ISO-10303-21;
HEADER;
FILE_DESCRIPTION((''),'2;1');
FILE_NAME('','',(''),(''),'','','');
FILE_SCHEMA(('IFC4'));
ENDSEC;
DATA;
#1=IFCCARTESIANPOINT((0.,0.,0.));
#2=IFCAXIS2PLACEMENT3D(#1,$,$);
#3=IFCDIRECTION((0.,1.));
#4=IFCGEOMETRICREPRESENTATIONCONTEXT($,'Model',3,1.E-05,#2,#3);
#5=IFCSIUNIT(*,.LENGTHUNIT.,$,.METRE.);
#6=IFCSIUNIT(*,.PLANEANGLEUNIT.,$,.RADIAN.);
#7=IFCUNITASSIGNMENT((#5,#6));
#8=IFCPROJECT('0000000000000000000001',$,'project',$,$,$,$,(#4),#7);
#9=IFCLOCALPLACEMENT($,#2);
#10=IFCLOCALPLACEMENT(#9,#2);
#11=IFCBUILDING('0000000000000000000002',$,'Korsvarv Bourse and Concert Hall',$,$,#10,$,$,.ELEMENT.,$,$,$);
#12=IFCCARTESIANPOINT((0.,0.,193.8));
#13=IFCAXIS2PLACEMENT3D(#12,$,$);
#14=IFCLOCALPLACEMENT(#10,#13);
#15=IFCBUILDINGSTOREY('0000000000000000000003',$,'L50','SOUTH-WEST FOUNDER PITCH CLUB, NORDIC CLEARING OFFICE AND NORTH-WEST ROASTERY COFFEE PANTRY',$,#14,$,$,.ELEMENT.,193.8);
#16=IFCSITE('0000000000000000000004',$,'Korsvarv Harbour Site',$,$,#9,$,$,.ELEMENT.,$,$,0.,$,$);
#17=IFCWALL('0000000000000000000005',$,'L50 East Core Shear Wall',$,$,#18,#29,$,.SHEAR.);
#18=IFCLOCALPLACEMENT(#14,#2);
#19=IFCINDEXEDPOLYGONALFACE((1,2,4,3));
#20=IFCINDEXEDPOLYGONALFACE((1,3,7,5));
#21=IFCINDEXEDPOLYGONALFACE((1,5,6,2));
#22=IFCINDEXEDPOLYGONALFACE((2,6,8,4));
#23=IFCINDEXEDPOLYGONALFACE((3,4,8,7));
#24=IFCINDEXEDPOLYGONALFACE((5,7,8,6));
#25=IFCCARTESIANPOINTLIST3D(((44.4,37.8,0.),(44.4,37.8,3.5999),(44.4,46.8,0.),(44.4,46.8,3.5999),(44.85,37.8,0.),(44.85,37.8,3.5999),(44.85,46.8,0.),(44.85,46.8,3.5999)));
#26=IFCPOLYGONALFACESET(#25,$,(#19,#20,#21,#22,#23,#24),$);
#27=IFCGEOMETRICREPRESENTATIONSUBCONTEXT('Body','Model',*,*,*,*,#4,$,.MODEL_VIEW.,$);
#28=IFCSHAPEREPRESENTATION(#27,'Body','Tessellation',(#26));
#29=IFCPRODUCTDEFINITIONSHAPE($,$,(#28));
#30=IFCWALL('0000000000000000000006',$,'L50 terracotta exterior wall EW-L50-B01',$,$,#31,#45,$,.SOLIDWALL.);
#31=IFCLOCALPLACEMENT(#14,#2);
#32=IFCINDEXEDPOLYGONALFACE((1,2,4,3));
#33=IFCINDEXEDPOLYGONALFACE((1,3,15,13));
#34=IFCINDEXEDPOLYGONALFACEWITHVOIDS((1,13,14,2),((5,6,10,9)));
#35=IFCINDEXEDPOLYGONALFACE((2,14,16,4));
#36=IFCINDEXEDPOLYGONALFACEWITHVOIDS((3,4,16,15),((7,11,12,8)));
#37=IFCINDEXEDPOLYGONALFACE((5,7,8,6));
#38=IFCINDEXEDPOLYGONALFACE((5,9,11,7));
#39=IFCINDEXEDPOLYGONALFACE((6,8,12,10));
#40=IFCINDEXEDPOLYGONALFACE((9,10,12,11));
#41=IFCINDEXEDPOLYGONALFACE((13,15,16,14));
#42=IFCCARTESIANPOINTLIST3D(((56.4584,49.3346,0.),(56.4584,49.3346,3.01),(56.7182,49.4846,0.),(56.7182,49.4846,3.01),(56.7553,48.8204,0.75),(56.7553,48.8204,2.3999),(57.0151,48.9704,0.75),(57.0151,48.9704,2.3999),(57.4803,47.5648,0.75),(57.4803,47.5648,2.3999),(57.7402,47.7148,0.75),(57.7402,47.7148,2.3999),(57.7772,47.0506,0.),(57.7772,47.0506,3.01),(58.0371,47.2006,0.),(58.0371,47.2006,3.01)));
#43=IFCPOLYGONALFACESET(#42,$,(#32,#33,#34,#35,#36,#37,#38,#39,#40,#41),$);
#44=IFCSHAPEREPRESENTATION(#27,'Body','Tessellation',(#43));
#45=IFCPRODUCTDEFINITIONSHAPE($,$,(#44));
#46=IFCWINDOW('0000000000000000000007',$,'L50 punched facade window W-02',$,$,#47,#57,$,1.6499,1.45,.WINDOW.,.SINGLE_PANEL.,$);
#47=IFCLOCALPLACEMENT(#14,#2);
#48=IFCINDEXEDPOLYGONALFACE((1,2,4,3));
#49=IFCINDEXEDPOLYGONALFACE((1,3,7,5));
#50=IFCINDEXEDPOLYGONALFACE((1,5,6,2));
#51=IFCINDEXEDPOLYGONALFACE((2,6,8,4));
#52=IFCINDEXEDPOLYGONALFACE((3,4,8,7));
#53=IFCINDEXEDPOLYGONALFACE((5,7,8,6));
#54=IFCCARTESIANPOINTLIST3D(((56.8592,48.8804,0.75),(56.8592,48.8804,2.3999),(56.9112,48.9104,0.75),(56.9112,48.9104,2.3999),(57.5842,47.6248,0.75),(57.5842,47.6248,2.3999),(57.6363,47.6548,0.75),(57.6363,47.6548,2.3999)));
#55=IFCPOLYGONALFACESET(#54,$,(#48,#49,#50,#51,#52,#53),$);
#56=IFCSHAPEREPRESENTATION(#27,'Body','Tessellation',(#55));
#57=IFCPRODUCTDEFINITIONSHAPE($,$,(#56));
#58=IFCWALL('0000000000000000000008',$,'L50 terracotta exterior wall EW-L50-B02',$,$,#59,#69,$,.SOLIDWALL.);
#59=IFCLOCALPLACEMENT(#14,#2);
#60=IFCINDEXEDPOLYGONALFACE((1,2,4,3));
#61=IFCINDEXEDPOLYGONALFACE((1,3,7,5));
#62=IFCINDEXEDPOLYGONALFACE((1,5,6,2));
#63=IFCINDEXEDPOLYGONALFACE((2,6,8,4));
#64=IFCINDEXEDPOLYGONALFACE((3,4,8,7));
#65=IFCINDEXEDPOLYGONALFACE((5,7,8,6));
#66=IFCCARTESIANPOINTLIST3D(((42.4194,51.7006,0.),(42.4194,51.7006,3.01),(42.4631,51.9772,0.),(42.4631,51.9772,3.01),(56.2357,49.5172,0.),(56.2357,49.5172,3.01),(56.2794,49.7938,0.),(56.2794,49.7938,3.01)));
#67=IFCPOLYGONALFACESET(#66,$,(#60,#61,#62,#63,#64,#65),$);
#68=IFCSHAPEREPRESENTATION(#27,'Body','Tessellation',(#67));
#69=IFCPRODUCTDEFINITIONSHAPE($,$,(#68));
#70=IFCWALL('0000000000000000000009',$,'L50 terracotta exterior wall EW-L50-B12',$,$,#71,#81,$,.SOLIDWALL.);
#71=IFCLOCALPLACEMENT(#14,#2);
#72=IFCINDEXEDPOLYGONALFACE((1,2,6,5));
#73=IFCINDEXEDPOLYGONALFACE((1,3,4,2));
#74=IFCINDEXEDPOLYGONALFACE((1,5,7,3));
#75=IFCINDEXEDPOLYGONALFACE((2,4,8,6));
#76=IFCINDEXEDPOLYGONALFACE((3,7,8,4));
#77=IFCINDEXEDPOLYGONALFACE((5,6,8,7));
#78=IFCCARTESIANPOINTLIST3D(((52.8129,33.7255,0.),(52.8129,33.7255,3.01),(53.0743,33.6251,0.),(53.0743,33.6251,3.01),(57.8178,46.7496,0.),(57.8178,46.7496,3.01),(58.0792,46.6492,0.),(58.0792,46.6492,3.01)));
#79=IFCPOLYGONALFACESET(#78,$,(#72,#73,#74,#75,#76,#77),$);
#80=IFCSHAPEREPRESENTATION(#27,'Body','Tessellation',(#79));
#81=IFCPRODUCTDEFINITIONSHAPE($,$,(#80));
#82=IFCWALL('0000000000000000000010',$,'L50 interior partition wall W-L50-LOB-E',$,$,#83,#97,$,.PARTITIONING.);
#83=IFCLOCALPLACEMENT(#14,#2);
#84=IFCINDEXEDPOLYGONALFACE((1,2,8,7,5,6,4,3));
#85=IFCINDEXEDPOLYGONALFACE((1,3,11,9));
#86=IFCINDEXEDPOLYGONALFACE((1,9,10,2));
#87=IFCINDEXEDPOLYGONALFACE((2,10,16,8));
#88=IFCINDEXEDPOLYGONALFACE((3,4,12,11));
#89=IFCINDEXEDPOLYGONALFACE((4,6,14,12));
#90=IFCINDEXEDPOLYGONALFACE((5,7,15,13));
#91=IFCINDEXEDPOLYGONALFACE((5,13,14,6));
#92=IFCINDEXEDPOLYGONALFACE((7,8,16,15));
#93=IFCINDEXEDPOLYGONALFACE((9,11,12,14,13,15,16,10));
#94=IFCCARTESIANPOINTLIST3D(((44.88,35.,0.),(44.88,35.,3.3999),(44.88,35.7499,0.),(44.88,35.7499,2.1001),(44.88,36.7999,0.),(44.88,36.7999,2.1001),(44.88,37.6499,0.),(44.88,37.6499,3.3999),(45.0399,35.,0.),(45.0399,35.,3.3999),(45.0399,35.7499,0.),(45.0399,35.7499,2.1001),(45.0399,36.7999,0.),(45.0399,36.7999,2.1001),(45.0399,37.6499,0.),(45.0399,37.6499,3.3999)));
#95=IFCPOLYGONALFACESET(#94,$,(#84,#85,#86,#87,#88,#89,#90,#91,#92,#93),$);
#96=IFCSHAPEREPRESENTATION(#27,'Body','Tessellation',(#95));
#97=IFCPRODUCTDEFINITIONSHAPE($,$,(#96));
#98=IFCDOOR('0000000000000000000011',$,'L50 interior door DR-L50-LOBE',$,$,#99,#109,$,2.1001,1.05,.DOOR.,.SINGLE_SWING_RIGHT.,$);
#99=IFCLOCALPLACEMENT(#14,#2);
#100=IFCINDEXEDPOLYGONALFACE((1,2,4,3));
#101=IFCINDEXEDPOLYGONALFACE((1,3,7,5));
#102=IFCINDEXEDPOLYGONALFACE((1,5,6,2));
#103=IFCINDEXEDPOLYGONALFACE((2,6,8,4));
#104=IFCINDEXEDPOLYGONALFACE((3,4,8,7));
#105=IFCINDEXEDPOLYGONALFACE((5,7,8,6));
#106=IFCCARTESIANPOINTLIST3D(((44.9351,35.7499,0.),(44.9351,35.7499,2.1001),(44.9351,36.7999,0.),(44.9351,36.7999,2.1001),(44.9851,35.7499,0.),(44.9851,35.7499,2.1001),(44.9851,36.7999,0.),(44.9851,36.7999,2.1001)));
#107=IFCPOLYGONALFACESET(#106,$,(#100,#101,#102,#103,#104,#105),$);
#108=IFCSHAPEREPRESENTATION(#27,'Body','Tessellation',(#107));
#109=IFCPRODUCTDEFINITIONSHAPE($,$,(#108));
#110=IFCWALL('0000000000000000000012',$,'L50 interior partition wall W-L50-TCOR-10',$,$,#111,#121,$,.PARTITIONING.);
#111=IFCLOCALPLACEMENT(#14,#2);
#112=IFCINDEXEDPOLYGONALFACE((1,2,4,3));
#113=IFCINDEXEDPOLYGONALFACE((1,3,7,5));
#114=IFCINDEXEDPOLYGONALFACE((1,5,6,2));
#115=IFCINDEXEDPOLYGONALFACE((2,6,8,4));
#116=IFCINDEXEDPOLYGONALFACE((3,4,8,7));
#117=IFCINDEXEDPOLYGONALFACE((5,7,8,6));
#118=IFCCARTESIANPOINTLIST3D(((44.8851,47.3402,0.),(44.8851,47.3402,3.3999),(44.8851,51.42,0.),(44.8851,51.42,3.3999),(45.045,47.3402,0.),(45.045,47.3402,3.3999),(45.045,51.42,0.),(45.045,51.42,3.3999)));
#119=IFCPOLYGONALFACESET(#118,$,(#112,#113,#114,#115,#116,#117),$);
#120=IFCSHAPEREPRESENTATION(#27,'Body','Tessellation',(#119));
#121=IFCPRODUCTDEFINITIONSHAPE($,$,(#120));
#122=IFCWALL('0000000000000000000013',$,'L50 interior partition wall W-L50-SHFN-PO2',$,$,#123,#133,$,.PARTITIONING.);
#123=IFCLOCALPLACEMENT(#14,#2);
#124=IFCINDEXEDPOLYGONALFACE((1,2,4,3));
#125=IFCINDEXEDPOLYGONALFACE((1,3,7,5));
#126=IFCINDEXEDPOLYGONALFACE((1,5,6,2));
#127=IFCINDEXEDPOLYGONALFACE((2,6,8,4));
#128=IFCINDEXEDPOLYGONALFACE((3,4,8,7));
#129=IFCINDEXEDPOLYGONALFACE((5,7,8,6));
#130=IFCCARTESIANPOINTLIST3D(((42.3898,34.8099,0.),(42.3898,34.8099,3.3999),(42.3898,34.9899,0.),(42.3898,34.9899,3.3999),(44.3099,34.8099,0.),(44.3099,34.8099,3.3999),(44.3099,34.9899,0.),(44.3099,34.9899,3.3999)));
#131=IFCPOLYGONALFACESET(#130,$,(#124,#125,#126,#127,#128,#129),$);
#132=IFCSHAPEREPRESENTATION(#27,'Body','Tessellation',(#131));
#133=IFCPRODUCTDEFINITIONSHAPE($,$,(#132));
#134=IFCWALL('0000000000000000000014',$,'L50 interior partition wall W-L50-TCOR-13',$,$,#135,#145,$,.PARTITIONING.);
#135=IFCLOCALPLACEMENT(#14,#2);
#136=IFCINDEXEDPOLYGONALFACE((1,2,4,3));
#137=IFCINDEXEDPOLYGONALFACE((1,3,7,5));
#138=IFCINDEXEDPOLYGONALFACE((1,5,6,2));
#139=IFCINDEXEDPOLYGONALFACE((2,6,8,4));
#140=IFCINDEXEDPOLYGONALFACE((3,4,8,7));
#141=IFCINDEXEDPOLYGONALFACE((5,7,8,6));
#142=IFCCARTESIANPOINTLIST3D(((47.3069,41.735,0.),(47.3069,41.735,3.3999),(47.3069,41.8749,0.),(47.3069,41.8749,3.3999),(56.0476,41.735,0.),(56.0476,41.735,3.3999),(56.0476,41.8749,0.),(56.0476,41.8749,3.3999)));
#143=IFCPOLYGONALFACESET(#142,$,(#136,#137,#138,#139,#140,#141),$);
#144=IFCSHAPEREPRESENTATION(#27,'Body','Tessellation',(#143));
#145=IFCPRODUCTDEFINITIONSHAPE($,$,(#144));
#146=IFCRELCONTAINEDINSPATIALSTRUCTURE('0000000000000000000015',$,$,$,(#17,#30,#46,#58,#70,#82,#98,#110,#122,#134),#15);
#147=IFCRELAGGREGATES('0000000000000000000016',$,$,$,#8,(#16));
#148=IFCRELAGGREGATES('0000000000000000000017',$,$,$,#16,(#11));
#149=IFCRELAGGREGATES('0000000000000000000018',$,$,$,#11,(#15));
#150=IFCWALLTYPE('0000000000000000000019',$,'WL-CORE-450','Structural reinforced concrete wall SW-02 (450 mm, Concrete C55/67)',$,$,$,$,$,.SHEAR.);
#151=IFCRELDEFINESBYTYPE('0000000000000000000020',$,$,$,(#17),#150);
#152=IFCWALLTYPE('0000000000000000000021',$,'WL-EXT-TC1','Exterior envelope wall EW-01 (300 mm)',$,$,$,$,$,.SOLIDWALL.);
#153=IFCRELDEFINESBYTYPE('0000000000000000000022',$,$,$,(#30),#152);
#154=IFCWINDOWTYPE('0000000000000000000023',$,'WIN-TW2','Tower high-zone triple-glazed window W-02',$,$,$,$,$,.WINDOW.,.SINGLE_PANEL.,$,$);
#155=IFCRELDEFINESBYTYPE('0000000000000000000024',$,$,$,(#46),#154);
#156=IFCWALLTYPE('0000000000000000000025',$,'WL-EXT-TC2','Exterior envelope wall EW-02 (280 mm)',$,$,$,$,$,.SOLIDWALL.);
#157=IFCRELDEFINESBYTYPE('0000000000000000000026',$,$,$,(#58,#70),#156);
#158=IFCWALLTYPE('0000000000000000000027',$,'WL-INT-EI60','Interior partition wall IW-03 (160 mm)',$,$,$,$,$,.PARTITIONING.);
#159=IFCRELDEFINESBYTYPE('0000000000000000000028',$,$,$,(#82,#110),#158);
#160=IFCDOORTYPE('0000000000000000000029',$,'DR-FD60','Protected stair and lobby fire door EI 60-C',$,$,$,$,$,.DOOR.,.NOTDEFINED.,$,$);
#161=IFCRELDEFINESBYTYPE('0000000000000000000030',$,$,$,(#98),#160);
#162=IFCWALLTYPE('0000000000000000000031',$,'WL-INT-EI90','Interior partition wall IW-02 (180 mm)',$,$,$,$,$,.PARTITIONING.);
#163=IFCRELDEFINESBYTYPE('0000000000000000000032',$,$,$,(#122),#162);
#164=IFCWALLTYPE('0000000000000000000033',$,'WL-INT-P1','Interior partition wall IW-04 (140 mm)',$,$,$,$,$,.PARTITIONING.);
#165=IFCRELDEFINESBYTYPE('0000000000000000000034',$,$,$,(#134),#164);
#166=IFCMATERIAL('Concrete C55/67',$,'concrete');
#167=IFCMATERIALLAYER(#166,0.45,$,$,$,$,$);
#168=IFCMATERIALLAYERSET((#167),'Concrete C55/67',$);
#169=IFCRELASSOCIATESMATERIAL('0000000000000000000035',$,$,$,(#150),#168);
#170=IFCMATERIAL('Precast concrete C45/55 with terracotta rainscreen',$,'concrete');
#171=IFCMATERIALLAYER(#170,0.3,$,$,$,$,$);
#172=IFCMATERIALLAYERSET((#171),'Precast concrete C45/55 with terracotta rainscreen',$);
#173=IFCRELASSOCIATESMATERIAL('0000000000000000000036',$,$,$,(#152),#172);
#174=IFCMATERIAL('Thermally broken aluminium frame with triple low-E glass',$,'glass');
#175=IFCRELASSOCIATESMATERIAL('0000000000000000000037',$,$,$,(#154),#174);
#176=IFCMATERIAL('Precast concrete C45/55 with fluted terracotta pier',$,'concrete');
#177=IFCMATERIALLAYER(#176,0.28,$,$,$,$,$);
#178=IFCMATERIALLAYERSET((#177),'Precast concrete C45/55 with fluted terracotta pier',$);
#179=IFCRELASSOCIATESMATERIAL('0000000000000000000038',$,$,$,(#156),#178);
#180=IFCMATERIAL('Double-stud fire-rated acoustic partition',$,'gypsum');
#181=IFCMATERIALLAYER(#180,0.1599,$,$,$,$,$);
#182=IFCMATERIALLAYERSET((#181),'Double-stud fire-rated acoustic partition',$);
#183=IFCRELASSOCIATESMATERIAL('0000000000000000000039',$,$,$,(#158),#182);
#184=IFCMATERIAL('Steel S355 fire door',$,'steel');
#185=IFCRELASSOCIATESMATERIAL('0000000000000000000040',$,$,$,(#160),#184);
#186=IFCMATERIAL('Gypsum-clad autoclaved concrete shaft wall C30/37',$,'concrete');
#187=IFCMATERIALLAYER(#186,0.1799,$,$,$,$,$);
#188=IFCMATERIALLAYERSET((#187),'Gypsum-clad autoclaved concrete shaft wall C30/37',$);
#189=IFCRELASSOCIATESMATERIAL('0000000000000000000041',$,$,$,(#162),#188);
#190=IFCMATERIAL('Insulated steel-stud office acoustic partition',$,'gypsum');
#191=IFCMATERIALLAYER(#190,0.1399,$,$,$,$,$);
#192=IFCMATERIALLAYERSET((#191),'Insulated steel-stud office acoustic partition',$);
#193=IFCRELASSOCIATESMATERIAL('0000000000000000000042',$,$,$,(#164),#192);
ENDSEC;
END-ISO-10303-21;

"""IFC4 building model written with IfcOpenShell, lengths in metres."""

from ifc_helpers import new_model, si_unit, direction, frame, frame_2d, origin, place, context, subcontext, project, spatial, rectangle, extrude, material, layer, layer_set, type_object, element, fill, save


model = new_model("IFC4")

# Units and contexts
model_context = context("Model", 3, precision=1e-05, world=origin(), true_north=direction((0.0, 1.0)))
body_context = subcontext(model_context, "Body", "Model", "MODEL_VIEW")
ifc_project = project(units=[si_unit("LENGTHUNIT", "METRE"), si_unit("PLANEANGLEUNIT", "RADIAN")], contexts=[model_context])

# Site, building, storey
site_placement = place(None, origin())
site = spatial("IfcSite", under=ifc_project, at=site_placement, Name="Korsvarv Harbour Site", CompositionType="ELEMENT", RefElevation=0.0)
building_placement = place(site_placement, origin())
building = spatial("IfcBuilding", under=site, at=building_placement, Name="Korsvarv Bourse and Concert Hall", CompositionType="ELEMENT")
storey_placement = place(building_placement, frame((0.0, 0.0, 193.8)))
storey = spatial("IfcBuildingStorey", under=building, at=storey_placement, Name="L50", Description="SOUTH-WEST FOUNDER PITCH CLUB, NORDIC CLEARING OFFICE AND NORTH-WEST ROASTERY COFFEE PANTRY", CompositionType="ELEMENT", Elevation=193.8)

# Shared definitions
ifc_material_1 = material(Name="Concrete C55/67", Category="concrete")

# Wall
ifc_layer_1 = layer(ifc_material_1, 0.45)
ifc_layer_set_1 = layer_set([ifc_layer_1], Name="Concrete C55/67")
wall_type_1 = type_object("IfcWallType", Name="WL-CORE-450", Description="Structural reinforced concrete wall SW-02 (450 mm, Concrete C55/67)", PredefinedType="SHEAR", material=ifc_layer_set_1)
wall_1_placement = place(storey_placement, frame((44.625, 37.8, 0.0), z_axis=(0.0, 0.0, 1.0), x_axis=(0.0, 1.0, 0.0)))
element("IfcWall", 1, at=wall_1_placement, inside=storey, type_object=wall_type_1, Name="L50 East Core Shear Wall", PredefinedType="SHEAR", context=body_context, shape_type="SweptSolid", body=[
    extrude(rectangle(XDim=9.0, YDim=0.45, at=frame_2d((4.5, 0.0))), origin(), (0.0, 0.0, 1.0), 3.5999),
])

# Wall, opening, window
ifc_material_2 = material(Name="Precast concrete C45/55 with terracotta rainscreen", Category="concrete")
ifc_layer_2 = layer(ifc_material_2, 0.3)
ifc_layer_set_2 = layer_set([ifc_layer_2], Name="Precast concrete C45/55 with terracotta rainscreen")
wall_type_2 = type_object("IfcWallType", Name="WL-EXT-TC1", Description="Exterior envelope wall EW-01 (300 mm)", PredefinedType="SOLIDWALL", material=ifc_layer_set_2)
wall_2_placement = place(storey_placement, frame((57.9072, 47.1255, 0.0), z_axis=(0.0, 0.0, 1.0), x_axis=(-0.500062, 0.86599, 0.0)))
wall_2 = element("IfcWall", 2, at=wall_2_placement, inside=storey, type_object=wall_type_2, Name="L50 terracotta exterior wall EW-L50-B01", PredefinedType="SOLIDWALL", context=body_context, shape_type="SweptSolid", body=[
    extrude(rectangle(XDim=2.6375, YDim=0.3, at=frame_2d((1.3188, 0.0))), origin(), (0.0, 0.0, 1.0), 3.01),
])
opening_1_placement = place(wall_2_placement, frame((0.5938, 0.0, 0.75)))
opening_1 = element("IfcOpeningElement", 3, at=opening_1_placement, cuts=wall_2, PredefinedType="OPENING", context=body_context, shape_type="SweptSolid", body=[
    extrude(rectangle(XDim=1.45, YDim=1.6499, at=frame_2d((0.7251, 0.825))), frame((0.0, 0.1602, 0.0), z_axis=(0.0, -1.0, 0.0), x_axis=(1.0, 0.0, 0.0)), (0.0, 0.0, 1.0), 0.3201),
])
ifc_material_3 = material(Name="Thermally broken aluminium frame with triple low-E glass", Category="glass")
window_type = type_object("IfcWindowType", Name="WIN-TW2", Description="Tower high-zone triple-glazed window W-02", PartitioningType="SINGLE_PANEL", PredefinedType="WINDOW", material=ifc_material_3)
window_placement = place(opening_1_placement, origin())
window = element("IfcWindow", 4, at=window_placement, inside=storey, type_object=window_type, Name="L50 punched facade window W-02", OverallHeight=1.6499, OverallWidth=1.45, PartitioningType="SINGLE_PANEL", PredefinedType="WINDOW", context=body_context, shape_type="SweptSolid", body=[
    extrude(rectangle(XDim=1.45, YDim=1.6499, at=frame_2d((0.7251, 0.825))), frame((0.0, 0.03, 0.0), z_axis=(0.0, -1.0, 0.0), x_axis=(1.0, 0.0, 0.0)), (0.0, 0.0, 1.0), 0.0601),
])
fill(opening_1, window)

# Walls
ifc_material_4 = material(Name="Precast concrete C45/55 with fluted terracotta pier", Category="concrete")
ifc_layer_3 = layer(ifc_material_4, 0.28)
ifc_layer_set_3 = layer_set([ifc_layer_3], Name="Precast concrete C45/55 with fluted terracotta pier")
wall_type_3 = type_object("IfcWallType", Name="WL-EXT-TC2", Description="Exterior envelope wall EW-02 (280 mm)", PredefinedType="SOLIDWALL", material=ifc_layer_set_3)
wall_3_placement = place(storey_placement, frame((56.2576, 49.6555, 0.0), z_axis=(0.0, 0.0, 1.0), x_axis=(-0.987743, 0.156089, 0.0)))
element("IfcWall", 5, at=wall_3_placement, inside=storey, type_object=wall_type_3, Name="L50 terracotta exterior wall EW-L50-B02", PredefinedType="SOLIDWALL", context=body_context, shape_type="SweptSolid", body=[
    extrude(rectangle(XDim=13.9878, YDim=0.28, at=frame_2d((6.9939, 0.0))), origin(), (0.0, 0.0, 1.0), 3.01),
])
wall_4_placement = place(storey_placement, frame((52.9436, 33.6753, 0.0), z_axis=(0.0, 0.0, 1.0), x_axis=(0.358704, 0.933452, 0.0)))
element("IfcWall", 6, at=wall_4_placement, inside=storey, type_object=wall_type_3, Name="L50 terracotta exterior wall EW-L50-B12", PredefinedType="SOLIDWALL", context=body_context, shape_type="SweptSolid", body=[
    extrude(rectangle(XDim=13.9526, YDim=0.28, at=frame_2d((6.9763, 0.0))), origin(), (0.0, 0.0, 1.0), 3.01),
])

# Wall, opening, door
ifc_material_5 = material(Name="Double-stud fire-rated acoustic partition", Category="gypsum")
ifc_layer_4 = layer(ifc_material_5, 0.1599)
ifc_layer_set_4 = layer_set([ifc_layer_4], Name="Double-stud fire-rated acoustic partition")
wall_type_4 = type_object("IfcWallType", Name="WL-INT-EI60", Description="Interior partition wall IW-03 (160 mm)", PredefinedType="PARTITIONING", material=ifc_layer_set_4)
wall_5_placement = place(storey_placement, frame((44.96, 35.0, 0.0), z_axis=(0.0, 0.0, 1.0), x_axis=(0.0, 1.0, 0.0)))
wall_5 = element("IfcWall", 7, at=wall_5_placement, inside=storey, type_object=wall_type_4, Name="L50 interior partition wall W-L50-LOB-E", PredefinedType="PARTITIONING", context=body_context, shape_type="SweptSolid", body=[
    extrude(rectangle(XDim=2.6499, YDim=0.1599, at=frame_2d((1.325, 0.0))), origin(), (0.0, 0.0, 1.0), 3.3999),
])
opening_2_placement = place(wall_5_placement, frame((0.75, 0.0, 0.0)))
opening_2 = element("IfcOpeningElement", 8, at=opening_2_placement, cuts=wall_5, PredefinedType="OPENING", context=body_context, shape_type="SweptSolid", body=[
    extrude(rectangle(XDim=1.05, YDim=2.1001, at=frame_2d((0.5249, 1.05))), frame((0.0, 0.0898, 0.0), z_axis=(0.0, -1.0, 0.0), x_axis=(1.0, 0.0, 0.0)), (0.0, 0.0, 1.0), 0.1799),
])
ifc_material_6 = material(Name="Steel S355 fire door", Category="steel")
door_type = type_object("IfcDoorType", Name="DR-FD60", Description="Protected stair and lobby fire door EI 60-C", OperationType="NOTDEFINED", PredefinedType="DOOR", material=ifc_material_6)
door_placement = place(opening_2_placement, origin())
door = element("IfcDoor", 9, at=door_placement, inside=storey, type_object=door_type, Name="L50 interior door DR-L50-LOBE", OperationType="SINGLE_SWING_RIGHT", OverallHeight=2.1001, OverallWidth=1.05, PredefinedType="DOOR", context=body_context, shape_type="SweptSolid", body=[
    extrude(rectangle(XDim=1.05, YDim=2.1001, at=frame_2d((0.5249, 1.05))), frame((0.0, 0.0249, 0.0), z_axis=(0.0, -1.0, 0.0), x_axis=(1.0, 0.0, 0.0)), (0.0, 0.0, 1.0), 0.05),
])
fill(opening_2, door)

# Walls
wall_6_placement = place(storey_placement, frame((44.9651, 47.3401, 0.0), z_axis=(0.0, 0.0, 1.0), x_axis=(0.0, 1.0, 0.0)))
element("IfcWall", 10, at=wall_6_placement, inside=storey, type_object=wall_type_4, Name="L50 interior partition wall W-L50-TCOR-10", PredefinedType="PARTITIONING", context=body_context, shape_type="SweptSolid", body=[
    extrude(rectangle(XDim=4.0798, YDim=0.1599, at=frame_2d((2.04, 0.0))), origin(), (0.0, 0.0, 1.0), 3.3999),
])
ifc_material_7 = material(Name="Gypsum-clad autoclaved concrete shaft wall C30/37", Category="concrete")
ifc_layer_5 = layer(ifc_material_7, 0.1799)
ifc_layer_set_5 = layer_set([ifc_layer_5], Name="Gypsum-clad autoclaved concrete shaft wall C30/37")
wall_type_5 = type_object("IfcWallType", Name="WL-INT-EI90", Description="Interior partition wall IW-02 (180 mm)", PredefinedType="PARTITIONING", material=ifc_layer_set_5)
wall_7_placement = place(storey_placement, frame((42.3899, 34.8999, 0.0), z_axis=(0.0, 0.0, 1.0), x_axis=(1.0, 0.0, 0.0)))
element("IfcWall", 11, at=wall_7_placement, inside=storey, type_object=wall_type_5, Name="L50 interior partition wall W-L50-SHFN-PO2", PredefinedType="PARTITIONING", context=body_context, shape_type="SweptSolid", body=[
    extrude(rectangle(XDim=1.9202, YDim=0.1799, at=frame_2d((0.96, 0.0))), origin(), (0.0, 0.0, 1.0), 3.3999),
])
ifc_material_8 = material(Name="Insulated steel-stud office acoustic partition", Category="gypsum")
ifc_layer_6 = layer(ifc_material_8, 0.1399)
ifc_layer_set_6 = layer_set([ifc_layer_6], Name="Insulated steel-stud office acoustic partition")
wall_type_6 = type_object("IfcWallType", Name="WL-INT-P1", Description="Interior partition wall IW-04 (140 mm)", PredefinedType="PARTITIONING", material=ifc_layer_set_6)
wall_8_placement = place(storey_placement, frame((47.3069, 41.8049, 0.0), z_axis=(0.0, 0.0, 1.0), x_axis=(1.0, 0.0, 0.0)))
element("IfcWall", 12, at=wall_8_placement, inside=storey, type_object=wall_type_6, Name="L50 interior partition wall W-L50-TCOR-13", PredefinedType="PARTITIONING", context=body_context, shape_type="SweptSolid", body=[
    extrude(rectangle(XDim=8.7407, YDim=0.1399, at=frame_2d((4.3704, 0.0))), origin(), (0.0, 0.0, 1.0), 3.3999),
])

save(model, "model.ifc")
